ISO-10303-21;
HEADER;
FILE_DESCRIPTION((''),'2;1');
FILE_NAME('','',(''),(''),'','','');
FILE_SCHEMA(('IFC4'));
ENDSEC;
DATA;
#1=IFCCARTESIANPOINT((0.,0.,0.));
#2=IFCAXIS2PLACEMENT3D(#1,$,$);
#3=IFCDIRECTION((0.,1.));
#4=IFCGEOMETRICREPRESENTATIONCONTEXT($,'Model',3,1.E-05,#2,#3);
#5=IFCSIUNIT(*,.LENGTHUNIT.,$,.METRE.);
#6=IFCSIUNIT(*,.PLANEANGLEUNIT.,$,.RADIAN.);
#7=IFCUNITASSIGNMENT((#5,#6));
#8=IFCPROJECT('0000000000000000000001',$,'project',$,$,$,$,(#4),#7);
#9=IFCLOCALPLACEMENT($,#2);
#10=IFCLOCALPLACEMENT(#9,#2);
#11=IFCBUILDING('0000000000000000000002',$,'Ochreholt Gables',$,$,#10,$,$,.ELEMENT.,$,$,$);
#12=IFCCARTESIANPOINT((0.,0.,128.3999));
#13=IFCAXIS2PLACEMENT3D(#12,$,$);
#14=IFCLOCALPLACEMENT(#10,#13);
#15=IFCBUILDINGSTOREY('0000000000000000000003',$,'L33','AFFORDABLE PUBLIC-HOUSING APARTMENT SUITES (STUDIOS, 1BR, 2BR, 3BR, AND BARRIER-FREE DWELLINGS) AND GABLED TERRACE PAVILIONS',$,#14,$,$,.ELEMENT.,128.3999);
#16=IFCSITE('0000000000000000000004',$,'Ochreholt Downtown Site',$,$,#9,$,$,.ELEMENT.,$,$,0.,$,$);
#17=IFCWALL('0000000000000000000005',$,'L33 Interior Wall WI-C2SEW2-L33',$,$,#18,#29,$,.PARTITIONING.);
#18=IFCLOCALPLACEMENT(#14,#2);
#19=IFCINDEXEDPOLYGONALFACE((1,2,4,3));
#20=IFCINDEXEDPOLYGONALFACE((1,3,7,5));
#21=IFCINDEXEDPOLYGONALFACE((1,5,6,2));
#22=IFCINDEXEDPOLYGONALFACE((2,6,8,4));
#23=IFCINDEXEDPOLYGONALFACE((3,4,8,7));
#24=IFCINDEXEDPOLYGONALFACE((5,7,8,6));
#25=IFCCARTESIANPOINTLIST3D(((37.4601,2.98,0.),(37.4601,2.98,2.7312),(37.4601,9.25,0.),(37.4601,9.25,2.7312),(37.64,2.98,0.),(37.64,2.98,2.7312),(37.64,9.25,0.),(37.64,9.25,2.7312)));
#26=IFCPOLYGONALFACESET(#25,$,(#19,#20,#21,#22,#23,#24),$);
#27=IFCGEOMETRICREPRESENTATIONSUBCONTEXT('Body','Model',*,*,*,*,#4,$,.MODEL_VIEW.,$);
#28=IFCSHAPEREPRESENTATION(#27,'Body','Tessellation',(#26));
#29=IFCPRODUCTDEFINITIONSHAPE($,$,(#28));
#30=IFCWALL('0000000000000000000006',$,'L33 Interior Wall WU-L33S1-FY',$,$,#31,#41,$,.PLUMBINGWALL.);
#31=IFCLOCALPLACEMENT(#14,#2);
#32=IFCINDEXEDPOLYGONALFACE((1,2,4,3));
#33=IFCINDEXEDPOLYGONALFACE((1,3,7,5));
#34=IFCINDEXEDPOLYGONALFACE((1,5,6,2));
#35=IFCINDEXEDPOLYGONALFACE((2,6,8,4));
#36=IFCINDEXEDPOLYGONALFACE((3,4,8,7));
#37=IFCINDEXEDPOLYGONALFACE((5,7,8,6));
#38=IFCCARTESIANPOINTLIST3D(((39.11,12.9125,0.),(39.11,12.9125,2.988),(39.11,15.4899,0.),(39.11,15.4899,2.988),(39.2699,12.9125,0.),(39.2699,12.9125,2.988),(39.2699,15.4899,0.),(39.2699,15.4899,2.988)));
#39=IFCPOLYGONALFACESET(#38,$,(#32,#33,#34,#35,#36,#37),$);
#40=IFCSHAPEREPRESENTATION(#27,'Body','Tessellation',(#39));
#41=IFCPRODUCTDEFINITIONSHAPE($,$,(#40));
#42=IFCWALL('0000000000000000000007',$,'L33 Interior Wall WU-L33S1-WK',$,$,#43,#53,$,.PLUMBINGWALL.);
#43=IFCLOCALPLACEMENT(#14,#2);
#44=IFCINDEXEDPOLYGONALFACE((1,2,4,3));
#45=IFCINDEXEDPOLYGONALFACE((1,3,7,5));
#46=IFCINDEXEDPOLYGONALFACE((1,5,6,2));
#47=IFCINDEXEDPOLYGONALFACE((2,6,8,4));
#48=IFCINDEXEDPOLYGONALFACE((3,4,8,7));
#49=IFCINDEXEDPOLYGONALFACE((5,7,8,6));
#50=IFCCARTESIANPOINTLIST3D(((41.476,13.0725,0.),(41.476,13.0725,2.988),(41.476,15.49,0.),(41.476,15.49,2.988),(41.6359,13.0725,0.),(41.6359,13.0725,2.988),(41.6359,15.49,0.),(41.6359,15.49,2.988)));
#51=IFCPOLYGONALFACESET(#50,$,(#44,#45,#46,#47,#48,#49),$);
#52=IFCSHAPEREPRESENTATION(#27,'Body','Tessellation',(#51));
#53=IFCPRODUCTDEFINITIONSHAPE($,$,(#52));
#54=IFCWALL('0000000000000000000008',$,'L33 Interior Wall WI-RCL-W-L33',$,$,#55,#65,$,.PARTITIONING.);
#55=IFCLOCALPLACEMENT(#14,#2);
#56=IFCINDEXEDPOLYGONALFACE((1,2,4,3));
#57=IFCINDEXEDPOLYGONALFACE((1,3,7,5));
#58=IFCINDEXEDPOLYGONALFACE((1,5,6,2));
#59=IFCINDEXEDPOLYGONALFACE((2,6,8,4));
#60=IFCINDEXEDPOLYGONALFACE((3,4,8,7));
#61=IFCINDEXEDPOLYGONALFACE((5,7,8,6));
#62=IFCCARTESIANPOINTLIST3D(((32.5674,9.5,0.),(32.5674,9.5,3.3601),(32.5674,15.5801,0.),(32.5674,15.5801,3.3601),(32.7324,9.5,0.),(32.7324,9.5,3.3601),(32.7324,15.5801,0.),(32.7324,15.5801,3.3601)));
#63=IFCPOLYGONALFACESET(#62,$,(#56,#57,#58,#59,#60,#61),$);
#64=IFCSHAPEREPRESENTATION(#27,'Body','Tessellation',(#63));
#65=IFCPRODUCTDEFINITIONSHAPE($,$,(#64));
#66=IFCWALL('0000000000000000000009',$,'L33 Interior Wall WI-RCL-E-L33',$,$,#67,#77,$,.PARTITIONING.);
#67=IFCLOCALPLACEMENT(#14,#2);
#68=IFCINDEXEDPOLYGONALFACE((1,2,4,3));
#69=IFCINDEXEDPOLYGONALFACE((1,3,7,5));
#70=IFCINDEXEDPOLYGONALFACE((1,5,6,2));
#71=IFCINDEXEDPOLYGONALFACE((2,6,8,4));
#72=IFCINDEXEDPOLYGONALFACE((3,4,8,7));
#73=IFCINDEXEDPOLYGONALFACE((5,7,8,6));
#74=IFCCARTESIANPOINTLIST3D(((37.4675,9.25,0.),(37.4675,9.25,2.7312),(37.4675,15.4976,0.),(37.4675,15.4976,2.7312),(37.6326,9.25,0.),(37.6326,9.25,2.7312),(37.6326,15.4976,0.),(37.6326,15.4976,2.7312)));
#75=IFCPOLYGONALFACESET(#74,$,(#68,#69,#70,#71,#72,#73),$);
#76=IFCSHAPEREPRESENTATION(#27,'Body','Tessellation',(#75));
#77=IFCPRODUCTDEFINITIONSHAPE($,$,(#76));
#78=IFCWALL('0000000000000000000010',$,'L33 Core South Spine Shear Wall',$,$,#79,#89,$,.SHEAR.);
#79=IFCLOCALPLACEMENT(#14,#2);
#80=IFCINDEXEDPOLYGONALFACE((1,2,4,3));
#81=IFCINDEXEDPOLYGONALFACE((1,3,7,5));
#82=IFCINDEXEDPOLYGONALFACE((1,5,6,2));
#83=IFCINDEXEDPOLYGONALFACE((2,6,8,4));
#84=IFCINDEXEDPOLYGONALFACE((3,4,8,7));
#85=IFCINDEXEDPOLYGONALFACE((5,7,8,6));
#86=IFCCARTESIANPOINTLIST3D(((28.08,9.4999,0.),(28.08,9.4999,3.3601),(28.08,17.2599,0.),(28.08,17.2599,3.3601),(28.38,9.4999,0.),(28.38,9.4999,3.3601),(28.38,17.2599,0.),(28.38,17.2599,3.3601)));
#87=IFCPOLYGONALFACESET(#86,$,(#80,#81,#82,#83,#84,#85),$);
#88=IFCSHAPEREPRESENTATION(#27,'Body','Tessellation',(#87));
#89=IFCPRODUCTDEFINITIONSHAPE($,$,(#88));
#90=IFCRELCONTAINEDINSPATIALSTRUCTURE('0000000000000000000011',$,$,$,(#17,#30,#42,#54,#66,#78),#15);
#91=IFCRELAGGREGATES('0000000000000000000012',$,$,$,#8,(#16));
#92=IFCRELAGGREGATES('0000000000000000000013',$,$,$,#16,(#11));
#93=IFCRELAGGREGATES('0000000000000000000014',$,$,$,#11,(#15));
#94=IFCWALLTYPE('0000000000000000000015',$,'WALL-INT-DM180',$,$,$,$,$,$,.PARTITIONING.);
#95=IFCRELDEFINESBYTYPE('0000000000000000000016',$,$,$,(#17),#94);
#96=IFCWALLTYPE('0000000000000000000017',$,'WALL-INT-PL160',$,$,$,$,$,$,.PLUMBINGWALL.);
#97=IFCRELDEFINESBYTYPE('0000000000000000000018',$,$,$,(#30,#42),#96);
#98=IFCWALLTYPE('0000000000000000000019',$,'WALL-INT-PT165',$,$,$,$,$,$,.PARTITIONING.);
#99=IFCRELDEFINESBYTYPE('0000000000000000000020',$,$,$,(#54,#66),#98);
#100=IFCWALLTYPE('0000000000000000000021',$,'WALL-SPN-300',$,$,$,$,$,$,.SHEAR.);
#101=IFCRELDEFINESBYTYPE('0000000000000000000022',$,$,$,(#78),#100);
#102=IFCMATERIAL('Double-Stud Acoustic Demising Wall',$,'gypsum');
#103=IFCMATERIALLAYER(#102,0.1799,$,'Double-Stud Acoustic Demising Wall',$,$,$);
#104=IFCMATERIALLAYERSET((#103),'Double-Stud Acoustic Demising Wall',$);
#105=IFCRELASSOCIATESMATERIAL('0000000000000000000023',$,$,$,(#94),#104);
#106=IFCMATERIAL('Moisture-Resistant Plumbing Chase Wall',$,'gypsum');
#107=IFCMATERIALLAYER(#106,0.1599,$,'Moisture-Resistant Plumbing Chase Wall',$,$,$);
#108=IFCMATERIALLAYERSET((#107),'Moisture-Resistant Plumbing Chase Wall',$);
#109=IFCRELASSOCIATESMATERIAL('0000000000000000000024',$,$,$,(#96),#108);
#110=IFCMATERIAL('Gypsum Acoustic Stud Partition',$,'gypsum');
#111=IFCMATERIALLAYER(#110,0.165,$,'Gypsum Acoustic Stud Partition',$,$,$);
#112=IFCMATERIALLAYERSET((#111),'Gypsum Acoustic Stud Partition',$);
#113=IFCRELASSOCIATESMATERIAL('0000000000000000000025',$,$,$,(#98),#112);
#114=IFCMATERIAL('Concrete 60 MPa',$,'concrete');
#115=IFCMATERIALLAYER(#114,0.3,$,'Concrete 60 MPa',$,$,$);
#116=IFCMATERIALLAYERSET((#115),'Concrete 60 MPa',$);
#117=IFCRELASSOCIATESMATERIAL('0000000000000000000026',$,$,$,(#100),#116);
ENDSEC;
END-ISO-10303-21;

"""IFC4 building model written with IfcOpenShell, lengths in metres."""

from ifc_helpers import new_model, si_unit, direction, frame, frame_2d, origin, place, context, subcontext, project, spatial, rectangle, extrude, material, layer, layer_set, type_object, element, save


model = new_model("IFC4")

# Units and contexts
model_context = context("Model", 3, precision=1e-05, world=origin(), true_north=direction((0.0, 1.0)))
body_context = subcontext(model_context, "Body", "Model", "MODEL_VIEW")
ifc_project = project(units=[si_unit("LENGTHUNIT", "METRE"), si_unit("PLANEANGLEUNIT", "RADIAN")], contexts=[model_context])

# Site, building, storey
site_placement = place(None, origin())
site = spatial("IfcSite", under=ifc_project, at=site_placement, Name="Ochreholt Downtown Site", CompositionType="ELEMENT", RefElevation=0.0)
building_placement = place(site_placement, origin())
building = spatial("IfcBuilding", under=site, at=building_placement, Name="Ochreholt Gables", CompositionType="ELEMENT")
storey_placement = place(building_placement, frame((0.0, 0.0, 128.3999)))
storey = spatial("IfcBuildingStorey", under=building, at=storey_placement, Name="L33", Description="AFFORDABLE PUBLIC-HOUSING APARTMENT SUITES (STUDIOS, 1BR, 2BR, 3BR, AND BARRIER-FREE DWELLINGS) AND GABLED TERRACE PAVILIONS", CompositionType="ELEMENT", Elevation=128.3999)

# Shared definitions
ifc_material_1 = material(Name="Concrete 60 MPa", Category="concrete")

# Shared definitions
ifc_material_2 = material(Name="Double-Stud Acoustic Demising Wall", Category="gypsum")
ifc_layer_1 = layer(ifc_material_2, 0.1799, Name="Double-Stud Acoustic Demising Wall")
ifc_layer_set_1 = layer_set([ifc_layer_1], Name="Double-Stud Acoustic Demising Wall")
wall_type_1 = type_object("IfcWallType", Name="WALL-INT-DM180", PredefinedType="PARTITIONING", material=ifc_layer_set_1)

# Wall
wall_1_placement = place(storey_placement, frame((37.55, 2.98, 0.0), z_axis=(0.0, 0.0, 1.0), x_axis=(0.0, 1.0, 0.0)))
element("IfcWall", 1, at=wall_1_placement, inside=storey, type_object=wall_type_1, Name="L33 Interior Wall WI-C2SEW2-L33", PredefinedType="PARTITIONING", context=body_context, shape_type="SweptSolid", body=[
    extrude(rectangle(XDim=6.27, YDim=0.1799, at=frame_2d((3.135, 0.0))), origin(), (0.0, 0.0, 1.0), 2.7312),
])

# Shared definitions
ifc_material_3 = material(Name="Moisture-Resistant Plumbing Chase Wall", Category="gypsum")
ifc_layer_2 = layer(ifc_material_3, 0.1599, Name="Moisture-Resistant Plumbing Chase Wall")
ifc_layer_set_2 = layer_set([ifc_layer_2], Name="Moisture-Resistant Plumbing Chase Wall")
wall_type_2 = type_object("IfcWallType", Name="WALL-INT-PL160", PredefinedType="PLUMBINGWALL", material=ifc_layer_set_2)

# Walls
wall_2_placement = place(storey_placement, frame((39.1899, 12.9126, 0.0), z_axis=(0.0, 0.0, 1.0), x_axis=(0.0, 1.0, 0.0)))
element("IfcWall", 2, at=wall_2_placement, inside=storey, type_object=wall_type_2, Name="L33 Interior Wall WU-L33S1-FY", PredefinedType="PLUMBINGWALL", context=body_context, shape_type="SweptSolid", body=[
    extrude(rectangle(XDim=2.5774, YDim=0.1599, at=frame_2d((1.2886, 0.0))), origin(), (0.0, 0.0, 1.0), 2.988),
])
wall_3_placement = place(storey_placement, frame((41.5559, 13.0725, 0.0), z_axis=(0.0, 0.0, 1.0), x_axis=(0.0, 1.0, 0.0)))
element("IfcWall", 3, at=wall_3_placement, inside=storey, type_object=wall_type_2, Name="L33 Interior Wall WU-L33S1-WK", PredefinedType="PLUMBINGWALL", context=body_context, shape_type="SweptSolid", body=[
    extrude(rectangle(XDim=2.4175, YDim=0.1599, at=frame_2d((1.2087, 0.0))), origin(), (0.0, 0.0, 1.0), 2.988),
])
ifc_material_4 = material(Name="Gypsum Acoustic Stud Partition", Category="gypsum")
ifc_layer_3 = layer(ifc_material_4, 0.165, Name="Gypsum Acoustic Stud Partition")
ifc_layer_set_3 = layer_set([ifc_layer_3], Name="Gypsum Acoustic Stud Partition")
wall_type_3 = type_object("IfcWallType", Name="WALL-INT-PT165", PredefinedType="PARTITIONING", material=ifc_layer_set_3)
wall_4_placement = place(storey_placement, frame((32.6499, 9.5, 0.0), z_axis=(0.0, 0.0, 1.0), x_axis=(0.0, 1.0, 0.0)))
element("IfcWall", 4, at=wall_4_placement, inside=storey, type_object=wall_type_3, Name="L33 Interior Wall WI-RCL-W-L33", PredefinedType="PARTITIONING", context=body_context, shape_type="SweptSolid", body=[
    extrude(rectangle(XDim=6.0801, YDim=0.165, at=frame_2d((3.04, 0.0))), origin(), (0.0, 0.0, 1.0), 3.3601),
])
wall_5_placement = place(storey_placement, frame((37.55, 9.25, 0.0), z_axis=(0.0, 0.0, 1.0), x_axis=(0.0, 1.0, 0.0)))
element("IfcWall", 5, at=wall_5_placement, inside=storey, type_object=wall_type_3, Name="L33 Interior Wall WI-RCL-E-L33", PredefinedType="PARTITIONING", context=body_context, shape_type="SweptSolid", body=[
    extrude(rectangle(XDim=6.2476, YDim=0.165, at=frame_2d((3.1238, 0.0))), origin(), (0.0, 0.0, 1.0), 2.7312),
])
ifc_layer_4 = layer(ifc_material_1, 0.3, Name="Concrete 60 MPa")
ifc_layer_set_4 = layer_set([ifc_layer_4], Name="Concrete 60 MPa")
wall_type_4 = type_object("IfcWallType", Name="WALL-SPN-300", PredefinedType="SHEAR", material=ifc_layer_set_4)
wall_6_placement = place(storey_placement, frame((28.23, 9.5, 0.0), z_axis=(0.0, 0.0, 1.0), x_axis=(0.0, 1.0, 0.0)))
element("IfcWall", 6, at=wall_6_placement, inside=storey, type_object=wall_type_4, Name="L33 Core South Spine Shear Wall", PredefinedType="SHEAR", context=body_context, shape_type="SweptSolid", body=[
    extrude(rectangle(XDim=7.76, YDim=0.3, at=frame_2d((3.8799, 0.0))), origin(), (0.0, 0.0, 1.0), 3.3601),
])

save(model, "model.ifc")
